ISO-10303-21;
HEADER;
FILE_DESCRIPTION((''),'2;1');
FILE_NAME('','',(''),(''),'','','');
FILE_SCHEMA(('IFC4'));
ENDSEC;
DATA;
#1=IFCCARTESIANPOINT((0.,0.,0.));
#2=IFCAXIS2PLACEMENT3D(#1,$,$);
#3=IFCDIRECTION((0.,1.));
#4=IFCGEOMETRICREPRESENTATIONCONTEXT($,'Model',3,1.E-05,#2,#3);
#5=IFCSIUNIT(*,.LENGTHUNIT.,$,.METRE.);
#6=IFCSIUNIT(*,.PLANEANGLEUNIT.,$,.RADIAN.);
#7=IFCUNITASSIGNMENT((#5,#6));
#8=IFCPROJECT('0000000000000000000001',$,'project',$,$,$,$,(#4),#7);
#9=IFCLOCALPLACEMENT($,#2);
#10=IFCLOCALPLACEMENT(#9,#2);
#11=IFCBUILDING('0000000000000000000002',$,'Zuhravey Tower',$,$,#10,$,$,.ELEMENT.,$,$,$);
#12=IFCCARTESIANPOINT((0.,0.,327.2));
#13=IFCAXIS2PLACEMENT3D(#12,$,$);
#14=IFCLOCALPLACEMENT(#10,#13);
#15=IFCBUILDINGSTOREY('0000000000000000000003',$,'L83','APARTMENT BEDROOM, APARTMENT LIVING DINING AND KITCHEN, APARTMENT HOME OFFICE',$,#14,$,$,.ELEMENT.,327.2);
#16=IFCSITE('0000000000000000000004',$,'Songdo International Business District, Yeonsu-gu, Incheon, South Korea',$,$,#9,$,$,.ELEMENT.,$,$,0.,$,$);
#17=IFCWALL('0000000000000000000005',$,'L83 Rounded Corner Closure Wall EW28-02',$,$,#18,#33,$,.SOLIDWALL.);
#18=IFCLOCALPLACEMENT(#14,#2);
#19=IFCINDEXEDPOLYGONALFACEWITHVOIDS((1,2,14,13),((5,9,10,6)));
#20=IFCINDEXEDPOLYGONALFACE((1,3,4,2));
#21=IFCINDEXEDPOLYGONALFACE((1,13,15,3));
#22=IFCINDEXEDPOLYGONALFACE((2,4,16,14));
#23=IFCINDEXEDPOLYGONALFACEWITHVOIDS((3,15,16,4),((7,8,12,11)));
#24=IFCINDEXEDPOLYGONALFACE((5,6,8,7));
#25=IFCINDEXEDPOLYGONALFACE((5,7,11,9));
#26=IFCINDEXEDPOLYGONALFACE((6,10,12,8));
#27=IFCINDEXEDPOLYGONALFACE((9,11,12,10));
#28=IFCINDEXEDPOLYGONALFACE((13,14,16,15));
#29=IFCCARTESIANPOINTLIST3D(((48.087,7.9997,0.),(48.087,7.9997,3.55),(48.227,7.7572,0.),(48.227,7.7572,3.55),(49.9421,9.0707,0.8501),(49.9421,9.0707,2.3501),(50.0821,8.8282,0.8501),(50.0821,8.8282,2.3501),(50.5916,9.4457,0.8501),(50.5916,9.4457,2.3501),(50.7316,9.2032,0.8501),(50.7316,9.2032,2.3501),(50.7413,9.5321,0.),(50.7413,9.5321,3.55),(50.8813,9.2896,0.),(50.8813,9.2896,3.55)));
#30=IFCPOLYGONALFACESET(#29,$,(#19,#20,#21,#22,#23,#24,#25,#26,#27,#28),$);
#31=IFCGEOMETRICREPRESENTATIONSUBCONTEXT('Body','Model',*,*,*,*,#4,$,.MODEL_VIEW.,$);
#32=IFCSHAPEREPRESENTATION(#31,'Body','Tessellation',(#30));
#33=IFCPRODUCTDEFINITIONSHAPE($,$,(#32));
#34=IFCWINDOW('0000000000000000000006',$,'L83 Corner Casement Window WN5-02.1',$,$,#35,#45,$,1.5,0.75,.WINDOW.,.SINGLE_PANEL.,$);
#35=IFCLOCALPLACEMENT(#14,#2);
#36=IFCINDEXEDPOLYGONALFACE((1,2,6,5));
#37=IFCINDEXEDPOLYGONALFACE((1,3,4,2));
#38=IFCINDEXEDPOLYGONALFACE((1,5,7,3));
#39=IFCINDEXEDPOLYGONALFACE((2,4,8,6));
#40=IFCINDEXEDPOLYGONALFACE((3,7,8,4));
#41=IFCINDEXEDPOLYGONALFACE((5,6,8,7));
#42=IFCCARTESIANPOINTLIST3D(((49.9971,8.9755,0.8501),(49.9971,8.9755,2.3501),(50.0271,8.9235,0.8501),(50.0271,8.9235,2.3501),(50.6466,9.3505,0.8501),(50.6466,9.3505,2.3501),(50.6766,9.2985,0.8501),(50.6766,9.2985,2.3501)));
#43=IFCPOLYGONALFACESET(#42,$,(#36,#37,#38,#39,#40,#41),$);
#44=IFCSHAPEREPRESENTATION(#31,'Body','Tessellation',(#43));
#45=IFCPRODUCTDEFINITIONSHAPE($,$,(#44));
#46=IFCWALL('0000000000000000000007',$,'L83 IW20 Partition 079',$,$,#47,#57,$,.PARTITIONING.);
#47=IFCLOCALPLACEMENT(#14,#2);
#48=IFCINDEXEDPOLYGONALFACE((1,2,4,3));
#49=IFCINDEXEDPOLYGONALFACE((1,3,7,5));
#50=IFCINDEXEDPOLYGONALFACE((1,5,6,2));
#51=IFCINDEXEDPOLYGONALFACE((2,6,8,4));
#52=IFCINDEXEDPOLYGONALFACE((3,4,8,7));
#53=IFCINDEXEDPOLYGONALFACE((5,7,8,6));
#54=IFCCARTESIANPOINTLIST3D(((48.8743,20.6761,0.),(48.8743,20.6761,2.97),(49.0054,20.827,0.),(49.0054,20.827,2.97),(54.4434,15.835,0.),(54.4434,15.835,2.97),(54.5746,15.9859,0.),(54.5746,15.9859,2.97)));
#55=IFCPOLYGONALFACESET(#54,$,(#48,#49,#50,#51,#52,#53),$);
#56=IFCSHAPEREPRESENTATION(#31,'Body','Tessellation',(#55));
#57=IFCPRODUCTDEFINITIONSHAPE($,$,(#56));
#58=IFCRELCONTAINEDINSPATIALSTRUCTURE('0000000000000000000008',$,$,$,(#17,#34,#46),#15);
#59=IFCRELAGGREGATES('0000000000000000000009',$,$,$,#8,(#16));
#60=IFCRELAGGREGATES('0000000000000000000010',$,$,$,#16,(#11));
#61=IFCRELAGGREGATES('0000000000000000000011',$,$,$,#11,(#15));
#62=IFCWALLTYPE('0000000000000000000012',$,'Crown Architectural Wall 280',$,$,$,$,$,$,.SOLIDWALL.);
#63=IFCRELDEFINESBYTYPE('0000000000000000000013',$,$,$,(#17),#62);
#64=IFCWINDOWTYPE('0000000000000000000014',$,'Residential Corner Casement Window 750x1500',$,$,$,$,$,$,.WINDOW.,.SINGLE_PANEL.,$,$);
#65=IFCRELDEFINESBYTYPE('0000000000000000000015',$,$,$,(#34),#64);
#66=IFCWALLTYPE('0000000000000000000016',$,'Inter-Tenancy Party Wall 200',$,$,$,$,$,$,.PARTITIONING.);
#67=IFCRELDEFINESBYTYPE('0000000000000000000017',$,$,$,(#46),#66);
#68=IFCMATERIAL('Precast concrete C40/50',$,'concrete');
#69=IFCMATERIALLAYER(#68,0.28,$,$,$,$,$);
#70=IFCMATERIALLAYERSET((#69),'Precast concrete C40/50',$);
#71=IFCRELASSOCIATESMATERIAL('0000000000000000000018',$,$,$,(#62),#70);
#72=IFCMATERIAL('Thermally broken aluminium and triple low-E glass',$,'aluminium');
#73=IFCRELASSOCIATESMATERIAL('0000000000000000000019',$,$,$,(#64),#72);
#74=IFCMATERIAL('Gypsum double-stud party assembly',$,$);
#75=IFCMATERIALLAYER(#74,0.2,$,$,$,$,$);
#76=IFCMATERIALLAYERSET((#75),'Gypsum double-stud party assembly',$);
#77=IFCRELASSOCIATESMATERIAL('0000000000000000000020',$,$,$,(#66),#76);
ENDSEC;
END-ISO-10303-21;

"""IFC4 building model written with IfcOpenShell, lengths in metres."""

from ifc_helpers import new_model, si_unit, direction, frame, frame_2d, origin, place, context, subcontext, project, spatial, rectangle, extrude, material, layer, layer_set, type_object, element, fill, save


model = new_model("IFC4")

# Units and contexts
model_context = context("Model", 3, precision=1e-05, world=origin(), true_north=direction((0.0, 1.0)))
body_context = subcontext(model_context, "Body", "Model", "MODEL_VIEW")
ifc_project = project(units=[si_unit("LENGTHUNIT", "METRE"), si_unit("PLANEANGLEUNIT", "RADIAN")], contexts=[model_context])

# Site, building, storey
site_placement = place(None, origin())
site = spatial("IfcSite", under=ifc_project, at=site_placement, Name="Songdo International Business District, Yeonsu-gu, Incheon, South Korea", CompositionType="ELEMENT", RefElevation=0.0)
building_placement = place(site_placement, origin())
building = spatial("IfcBuilding", under=site, at=building_placement, Name="Zuhravey Tower", CompositionType="ELEMENT")
storey_placement = place(building_placement, frame((0.0, 0.0, 327.2)))
storey = spatial("IfcBuildingStorey", under=building, at=storey_placement, Name="L83", Description="APARTMENT BEDROOM, APARTMENT LIVING DINING AND KITCHEN, APARTMENT HOME OFFICE", CompositionType="ELEMENT", Elevation=327.2)

# Shared definitions
ifc_material_1 = material(Name="Precast concrete C40/50", Category="concrete")
ifc_layer_1 = layer(ifc_material_1, 0.28)
ifc_layer_set_1 = layer_set([ifc_layer_1], Name="Precast concrete C40/50")
wall_type_1 = type_object("IfcWallType", Name="Crown Architectural Wall 280", PredefinedType="SOLIDWALL", material=ifc_layer_set_1)

# Wall, opening, window
wall_1_placement = place(storey_placement, frame((50.8113, 9.4109, 0.0), z_axis=(0.0, 0.0, 1.0), x_axis=(-0.866024, -0.500003, 0.0)))
wall_1 = element("IfcWall", 1, at=wall_1_placement, inside=storey, type_object=wall_type_1, Name="L83 Rounded Corner Closure Wall EW28-02", PredefinedType="SOLIDWALL", context=body_context, shape_type="SweptSolid", body=[
    extrude(rectangle(XDim=3.0649, YDim=0.28, at=frame_2d((1.5325, 0.0))), origin(), (0.0, 0.0, 1.0), 3.55),
])
opening_1_placement = place(wall_1_placement, frame((0.1729, 0.0, 0.8501)))
opening_1 = element("IfcOpeningElement", 2, at=opening_1_placement, cuts=wall_1, PredefinedType="OPENING", context=body_context, shape_type="SweptSolid", body=[
    extrude(rectangle(XDim=0.75, YDim=1.5, at=frame_2d((0.375, 0.75))), frame((0.0, 0.1521, 0.0), z_axis=(0.0, -1.0, 0.0), x_axis=(1.0, 0.0, 0.0)), (0.0, 0.0, 1.0), 0.304),
])
ifc_material_2 = material(Name="Thermally broken aluminium and triple low-E glass", Category="aluminium")
window_type = type_object("IfcWindowType", Name="Residential Corner Casement Window 750x1500", PartitioningType="SINGLE_PANEL", PredefinedType="WINDOW", material=ifc_material_2)
window_placement = place(opening_1_placement, origin())
window = element("IfcWindow", 3, at=window_placement, inside=storey, type_object=window_type, Name="L83 Corner Casement Window WN5-02.1", OverallHeight=1.5, OverallWidth=0.75, PartitioningType="SINGLE_PANEL", PredefinedType="WINDOW", context=body_context, shape_type="SweptSolid", body=[
    extrude(rectangle(XDim=0.75, YDim=1.5, at=frame_2d((0.375, 0.75))), frame((0.0, 0.03, 0.0), z_axis=(0.0, -1.0, 0.0), x_axis=(1.0, 0.0, 0.0)), (0.0, 0.0, 1.0), 0.0601),
])
fill(opening_1, window)

# Wall
ifc_material_3 = material(Name="Gypsum double-stud party assembly")
ifc_layer_2 = layer(ifc_material_3, 0.2)
ifc_layer_set_2 = layer_set([ifc_layer_2], Name="Gypsum double-stud party assembly")
wall_type_2 = type_object("IfcWallType", Name="Inter-Tenancy Party Wall 200", PredefinedType="PARTITIONING", material=ifc_layer_set_2)
wall_2_placement = place(storey_placement, frame((48.9399, 20.7515, 0.0), z_axis=(0.0, 0.0, 1.0), x_axis=(0.754714, -0.656053, 0.0)))
element("IfcWall", 4, at=wall_2_placement, inside=storey, type_object=wall_type_2, Name="L83 IW20 Partition 079", PredefinedType="PARTITIONING", context=body_context, shape_type="SweptSolid", body=[
    extrude(rectangle(XDim=7.3792, YDim=0.2, at=frame_2d((3.6895, 0.0))), origin(), (0.0, 0.0, 1.0), 2.97),
])

save(model, "model.ifc")
